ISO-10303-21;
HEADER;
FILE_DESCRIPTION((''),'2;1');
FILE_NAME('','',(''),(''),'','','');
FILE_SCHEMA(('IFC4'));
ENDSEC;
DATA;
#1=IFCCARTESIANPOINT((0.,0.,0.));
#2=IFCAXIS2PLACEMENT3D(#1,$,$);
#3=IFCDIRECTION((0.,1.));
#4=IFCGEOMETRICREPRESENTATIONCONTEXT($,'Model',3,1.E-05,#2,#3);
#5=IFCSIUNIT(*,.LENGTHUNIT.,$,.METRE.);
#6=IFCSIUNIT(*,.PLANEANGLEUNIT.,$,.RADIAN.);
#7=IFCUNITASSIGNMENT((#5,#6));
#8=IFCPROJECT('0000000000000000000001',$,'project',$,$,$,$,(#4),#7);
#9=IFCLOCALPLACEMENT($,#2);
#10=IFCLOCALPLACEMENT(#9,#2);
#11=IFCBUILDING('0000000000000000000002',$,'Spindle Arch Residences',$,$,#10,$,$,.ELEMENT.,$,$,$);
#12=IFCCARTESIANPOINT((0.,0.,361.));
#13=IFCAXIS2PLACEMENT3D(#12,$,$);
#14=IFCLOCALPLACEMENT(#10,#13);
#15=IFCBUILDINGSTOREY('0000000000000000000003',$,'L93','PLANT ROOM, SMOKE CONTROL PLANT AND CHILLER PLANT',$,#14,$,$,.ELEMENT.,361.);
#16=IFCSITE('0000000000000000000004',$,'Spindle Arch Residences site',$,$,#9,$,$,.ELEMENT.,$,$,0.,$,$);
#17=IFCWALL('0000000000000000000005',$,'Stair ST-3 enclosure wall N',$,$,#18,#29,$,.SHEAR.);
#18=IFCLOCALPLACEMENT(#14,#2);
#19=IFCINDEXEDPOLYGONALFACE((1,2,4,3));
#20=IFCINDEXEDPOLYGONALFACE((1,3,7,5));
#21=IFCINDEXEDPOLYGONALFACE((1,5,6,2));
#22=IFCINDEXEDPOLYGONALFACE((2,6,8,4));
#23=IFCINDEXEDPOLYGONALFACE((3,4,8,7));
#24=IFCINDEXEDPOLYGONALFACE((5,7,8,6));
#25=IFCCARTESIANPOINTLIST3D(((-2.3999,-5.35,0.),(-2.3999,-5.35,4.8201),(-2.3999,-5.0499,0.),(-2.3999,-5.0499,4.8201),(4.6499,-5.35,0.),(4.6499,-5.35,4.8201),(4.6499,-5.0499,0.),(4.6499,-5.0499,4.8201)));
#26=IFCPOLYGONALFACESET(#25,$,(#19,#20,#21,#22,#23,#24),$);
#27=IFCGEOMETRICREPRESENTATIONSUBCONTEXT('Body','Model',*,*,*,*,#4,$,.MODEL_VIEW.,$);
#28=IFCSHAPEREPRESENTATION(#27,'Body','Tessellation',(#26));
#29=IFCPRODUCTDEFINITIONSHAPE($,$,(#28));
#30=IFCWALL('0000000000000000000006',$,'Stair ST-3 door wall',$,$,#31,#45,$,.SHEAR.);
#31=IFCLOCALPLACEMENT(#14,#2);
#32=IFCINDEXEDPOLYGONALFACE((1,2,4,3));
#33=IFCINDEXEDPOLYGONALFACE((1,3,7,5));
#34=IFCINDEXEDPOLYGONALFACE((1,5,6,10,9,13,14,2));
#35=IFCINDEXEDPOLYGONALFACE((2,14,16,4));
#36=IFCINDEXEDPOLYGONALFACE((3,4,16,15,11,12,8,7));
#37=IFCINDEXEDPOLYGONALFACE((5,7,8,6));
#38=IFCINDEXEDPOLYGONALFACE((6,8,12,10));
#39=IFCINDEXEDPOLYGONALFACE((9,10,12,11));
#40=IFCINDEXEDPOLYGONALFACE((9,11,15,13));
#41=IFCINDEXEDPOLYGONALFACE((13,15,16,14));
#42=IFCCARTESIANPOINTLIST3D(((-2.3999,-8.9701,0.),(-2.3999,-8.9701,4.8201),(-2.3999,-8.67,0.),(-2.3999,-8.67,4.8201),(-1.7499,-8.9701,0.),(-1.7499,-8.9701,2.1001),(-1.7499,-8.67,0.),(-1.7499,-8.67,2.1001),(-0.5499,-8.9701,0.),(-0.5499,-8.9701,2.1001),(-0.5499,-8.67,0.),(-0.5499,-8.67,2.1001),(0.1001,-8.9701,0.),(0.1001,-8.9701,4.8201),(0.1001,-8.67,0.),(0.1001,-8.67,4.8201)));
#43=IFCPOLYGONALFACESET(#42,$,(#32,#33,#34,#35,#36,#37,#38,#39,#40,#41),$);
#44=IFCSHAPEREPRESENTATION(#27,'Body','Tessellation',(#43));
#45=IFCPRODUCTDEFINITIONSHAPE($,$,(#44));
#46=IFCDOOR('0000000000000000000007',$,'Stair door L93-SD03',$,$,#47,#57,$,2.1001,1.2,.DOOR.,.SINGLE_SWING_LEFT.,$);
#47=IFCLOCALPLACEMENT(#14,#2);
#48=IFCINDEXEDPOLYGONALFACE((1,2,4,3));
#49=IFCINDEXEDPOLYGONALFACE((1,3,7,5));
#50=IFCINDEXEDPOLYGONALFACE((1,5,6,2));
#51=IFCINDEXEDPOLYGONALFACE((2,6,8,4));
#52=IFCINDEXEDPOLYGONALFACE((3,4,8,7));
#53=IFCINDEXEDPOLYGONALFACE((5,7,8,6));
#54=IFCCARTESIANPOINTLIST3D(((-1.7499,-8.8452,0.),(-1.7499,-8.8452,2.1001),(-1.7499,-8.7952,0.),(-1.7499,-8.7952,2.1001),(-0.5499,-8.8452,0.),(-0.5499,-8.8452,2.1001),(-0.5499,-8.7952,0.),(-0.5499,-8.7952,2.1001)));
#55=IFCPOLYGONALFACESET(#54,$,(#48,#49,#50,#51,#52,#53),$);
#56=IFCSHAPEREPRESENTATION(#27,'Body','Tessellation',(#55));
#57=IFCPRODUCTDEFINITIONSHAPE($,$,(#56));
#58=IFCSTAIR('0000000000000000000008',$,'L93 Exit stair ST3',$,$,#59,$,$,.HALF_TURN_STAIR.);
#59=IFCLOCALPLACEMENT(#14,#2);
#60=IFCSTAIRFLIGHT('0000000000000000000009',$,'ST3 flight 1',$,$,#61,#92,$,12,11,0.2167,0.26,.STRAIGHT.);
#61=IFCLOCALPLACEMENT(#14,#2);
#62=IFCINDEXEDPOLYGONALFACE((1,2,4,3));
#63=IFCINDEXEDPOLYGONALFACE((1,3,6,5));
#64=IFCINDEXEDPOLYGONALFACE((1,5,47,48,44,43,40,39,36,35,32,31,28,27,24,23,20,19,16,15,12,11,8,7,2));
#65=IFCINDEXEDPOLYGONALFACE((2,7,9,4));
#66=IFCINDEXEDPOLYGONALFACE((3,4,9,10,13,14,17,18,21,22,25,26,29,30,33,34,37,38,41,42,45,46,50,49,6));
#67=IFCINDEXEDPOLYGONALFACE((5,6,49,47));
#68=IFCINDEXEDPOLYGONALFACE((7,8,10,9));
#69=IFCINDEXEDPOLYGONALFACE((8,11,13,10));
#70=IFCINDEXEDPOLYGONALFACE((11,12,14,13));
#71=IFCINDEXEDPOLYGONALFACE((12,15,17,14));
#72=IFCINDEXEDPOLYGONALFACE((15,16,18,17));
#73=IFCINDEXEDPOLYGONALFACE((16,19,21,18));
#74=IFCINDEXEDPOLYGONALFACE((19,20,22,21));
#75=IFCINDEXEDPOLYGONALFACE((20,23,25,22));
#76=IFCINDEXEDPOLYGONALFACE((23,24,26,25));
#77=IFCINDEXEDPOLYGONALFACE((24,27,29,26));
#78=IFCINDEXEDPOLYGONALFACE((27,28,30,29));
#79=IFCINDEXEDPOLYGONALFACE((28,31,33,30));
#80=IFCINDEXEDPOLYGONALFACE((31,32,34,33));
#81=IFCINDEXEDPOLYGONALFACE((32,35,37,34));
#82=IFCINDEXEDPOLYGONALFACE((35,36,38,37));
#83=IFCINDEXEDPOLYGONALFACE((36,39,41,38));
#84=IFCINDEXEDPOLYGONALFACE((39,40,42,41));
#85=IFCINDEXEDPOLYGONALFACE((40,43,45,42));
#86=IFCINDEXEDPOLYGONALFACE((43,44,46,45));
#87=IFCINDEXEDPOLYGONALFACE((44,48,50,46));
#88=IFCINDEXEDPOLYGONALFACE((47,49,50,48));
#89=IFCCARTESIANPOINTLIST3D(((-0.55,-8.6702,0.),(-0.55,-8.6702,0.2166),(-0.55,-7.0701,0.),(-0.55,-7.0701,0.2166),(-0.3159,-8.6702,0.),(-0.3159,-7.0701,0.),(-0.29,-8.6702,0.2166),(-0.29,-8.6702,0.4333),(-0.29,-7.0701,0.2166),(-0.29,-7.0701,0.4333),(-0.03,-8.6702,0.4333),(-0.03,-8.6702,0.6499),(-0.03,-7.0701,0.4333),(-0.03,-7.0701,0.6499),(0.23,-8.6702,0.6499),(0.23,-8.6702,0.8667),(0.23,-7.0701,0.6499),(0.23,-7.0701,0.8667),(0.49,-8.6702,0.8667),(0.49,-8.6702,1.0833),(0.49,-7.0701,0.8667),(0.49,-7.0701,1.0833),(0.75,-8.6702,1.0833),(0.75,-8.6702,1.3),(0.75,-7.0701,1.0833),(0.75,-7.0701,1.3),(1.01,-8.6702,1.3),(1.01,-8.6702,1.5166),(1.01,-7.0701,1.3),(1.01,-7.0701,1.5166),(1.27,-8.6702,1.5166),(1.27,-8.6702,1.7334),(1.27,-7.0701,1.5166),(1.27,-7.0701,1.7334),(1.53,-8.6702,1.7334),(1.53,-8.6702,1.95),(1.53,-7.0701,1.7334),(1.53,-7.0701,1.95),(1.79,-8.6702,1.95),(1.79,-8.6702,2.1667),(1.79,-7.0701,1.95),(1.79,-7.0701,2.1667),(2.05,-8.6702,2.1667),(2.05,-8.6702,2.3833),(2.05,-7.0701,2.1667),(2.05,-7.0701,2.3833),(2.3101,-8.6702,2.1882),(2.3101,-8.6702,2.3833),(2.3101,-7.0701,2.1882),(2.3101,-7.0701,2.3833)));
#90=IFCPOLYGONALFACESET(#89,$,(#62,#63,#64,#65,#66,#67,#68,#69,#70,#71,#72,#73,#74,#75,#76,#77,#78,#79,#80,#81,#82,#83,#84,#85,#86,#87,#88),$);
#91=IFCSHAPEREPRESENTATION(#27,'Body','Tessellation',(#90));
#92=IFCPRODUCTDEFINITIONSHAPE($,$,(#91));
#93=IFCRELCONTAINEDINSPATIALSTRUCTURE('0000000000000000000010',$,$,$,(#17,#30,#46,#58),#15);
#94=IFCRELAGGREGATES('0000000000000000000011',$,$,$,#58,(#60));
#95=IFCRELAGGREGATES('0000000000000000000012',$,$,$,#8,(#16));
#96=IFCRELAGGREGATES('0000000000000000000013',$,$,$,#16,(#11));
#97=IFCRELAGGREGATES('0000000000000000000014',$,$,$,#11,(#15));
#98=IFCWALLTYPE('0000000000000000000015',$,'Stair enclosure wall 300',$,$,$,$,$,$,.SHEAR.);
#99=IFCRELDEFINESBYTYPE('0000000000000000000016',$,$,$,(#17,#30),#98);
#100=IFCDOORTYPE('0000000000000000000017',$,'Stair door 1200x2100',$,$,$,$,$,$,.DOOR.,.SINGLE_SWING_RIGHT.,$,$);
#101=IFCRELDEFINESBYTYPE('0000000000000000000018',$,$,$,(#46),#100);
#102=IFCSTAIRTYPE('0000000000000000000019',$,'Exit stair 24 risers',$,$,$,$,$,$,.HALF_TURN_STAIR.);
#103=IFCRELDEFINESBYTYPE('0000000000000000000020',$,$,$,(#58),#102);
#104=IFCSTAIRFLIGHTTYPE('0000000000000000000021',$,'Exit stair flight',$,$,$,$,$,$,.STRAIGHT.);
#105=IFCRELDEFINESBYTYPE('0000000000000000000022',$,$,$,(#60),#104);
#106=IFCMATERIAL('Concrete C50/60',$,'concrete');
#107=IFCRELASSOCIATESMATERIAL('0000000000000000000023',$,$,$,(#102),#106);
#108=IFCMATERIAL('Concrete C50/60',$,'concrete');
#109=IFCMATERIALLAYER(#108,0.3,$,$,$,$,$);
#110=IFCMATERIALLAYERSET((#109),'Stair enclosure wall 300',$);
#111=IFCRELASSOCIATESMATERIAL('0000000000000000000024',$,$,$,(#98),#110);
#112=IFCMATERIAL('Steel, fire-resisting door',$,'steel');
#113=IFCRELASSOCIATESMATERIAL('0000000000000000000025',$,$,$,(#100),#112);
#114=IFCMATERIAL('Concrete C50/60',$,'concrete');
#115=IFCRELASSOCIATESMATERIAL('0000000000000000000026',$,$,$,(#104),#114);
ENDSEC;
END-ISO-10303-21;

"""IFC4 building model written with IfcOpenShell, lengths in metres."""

from ifc_helpers import new_model, si_unit, direction, frame, frame_2d, origin, place, context, subcontext, project, spatial, polyline, rectangle, outline, extrude, material, layer, layer_set, type_object, element, fill, aggregate, save


model = new_model("IFC4")

# Units and contexts
model_context = context("Model", 3, precision=1e-05, world=origin(), true_north=direction((0.0, 1.0)))
body_context = subcontext(model_context, "Body", "Model", "MODEL_VIEW")
ifc_project = project(units=[si_unit("LENGTHUNIT", "METRE"), si_unit("PLANEANGLEUNIT", "RADIAN")], contexts=[model_context])

# Site, building, storey
site_placement = place(None, origin())
site = spatial("IfcSite", under=ifc_project, at=site_placement, Name="Spindle Arch Residences site", CompositionType="ELEMENT", RefElevation=0.0)
building_placement = place(site_placement, origin())
building = spatial("IfcBuilding", under=site, at=building_placement, Name="Spindle Arch Residences", CompositionType="ELEMENT")
storey_placement = place(building_placement, frame((0.0, 0.0, 361.0)))
storey = spatial("IfcBuildingStorey", under=building, at=storey_placement, Name="L93", Description="PLANT ROOM, SMOKE CONTROL PLANT AND CHILLER PLANT", CompositionType="ELEMENT", Elevation=361.0)

# Shared definitions
ifc_material_1 = material(Name="Concrete C50/60", Category="concrete")
stair_type = type_object("IfcStairType", Name="Exit stair 24 risers", PredefinedType="HALF_TURN_STAIR", material=ifc_material_1)

# Wall
ifc_material_2 = material(Name="Concrete C50/60", Category="concrete")
ifc_layer_1 = layer(ifc_material_2, 0.3)
ifc_layer_set_1 = layer_set([ifc_layer_1], Name="Stair enclosure wall 300")
wall_type_1 = type_object("IfcWallType", Name="Stair enclosure wall 300", PredefinedType="SHEAR", material=ifc_layer_set_1)
wall_1_placement = place(storey_placement, frame((-2.3999, -5.2, 0.0), z_axis=(0.0, 0.0, 1.0), x_axis=(1.0, 0.0, 0.0)))
element("IfcWall", 1, at=wall_1_placement, inside=storey, type_object=wall_type_1, Name="Stair ST-3 enclosure wall N", PredefinedType="SHEAR", context=body_context, shape_type="SweptSolid", body=[
    extrude(rectangle(XDim=7.0498, YDim=0.3, at=frame_2d((3.5249, 0.0))), origin(), (0.0, 0.0, 1.0), 4.8201),
])

# Wall, opening, door
wall_2_placement = place(storey_placement, frame((-2.3999, -8.8201, 0.0), z_axis=(0.0, 0.0, 1.0), x_axis=(1.0, 0.0, 0.0)))
wall_2 = element("IfcWall", 2, at=wall_2_placement, inside=storey, type_object=wall_type_1, Name="Stair ST-3 door wall", PredefinedType="SHEAR", context=body_context, shape_type="SweptSolid", body=[
    extrude(rectangle(XDim=2.5, YDim=0.3, at=frame_2d((1.25, 0.0))), origin(), (0.0, 0.0, 1.0), 4.8201),
])
opening_1_placement = place(wall_2_placement, frame((0.6499, 0.0, 0.0)))
opening_1 = element("IfcOpeningElement", 3, at=opening_1_placement, cuts=wall_2, PredefinedType="OPENING", context=body_context, shape_type="SweptSolid", body=[
    extrude(rectangle(XDim=1.2, YDim=2.1001, at=frame_2d((0.6001, 1.05))), frame((0.0, 0.1602, 0.0), z_axis=(0.0, -1.0, 0.0), x_axis=(1.0, 0.0, 0.0)), (0.0, 0.0, 1.0), 0.3201),
])
ifc_material_3 = material(Name="Steel, fire-resisting door", Category="steel")
door_type_1 = type_object("IfcDoorType", Name="Stair door 1200x2100", OperationType="SINGLE_SWING_RIGHT", PredefinedType="DOOR", material=ifc_material_3)
door_1_placement = place(opening_1_placement, origin())
door_1 = element("IfcDoor", 4, at=door_1_placement, inside=storey, type_object=door_type_1, Name="Stair door L93-SD03", OperationType="SINGLE_SWING_LEFT", OverallHeight=2.1001, OverallWidth=1.2, PredefinedType="DOOR", context=body_context, shape_type="SweptSolid", body=[
    extrude(rectangle(XDim=1.2, YDim=2.1001, at=frame_2d((0.6001, 1.05))), frame((0.0, 0.0249, 0.0), z_axis=(0.0, -1.0, 0.0), x_axis=(1.0, 0.0, 0.0)), (0.0, 0.0, 1.0), 0.05),
])
fill(opening_1, door_1)

# Stair, stair flight
stair_1_placement = place(storey_placement, origin())
stair_1 = element("IfcStair", 5, at=stair_1_placement, inside=storey, type_object=stair_type, Name="L93 Exit stair ST3", PredefinedType="HALF_TURN_STAIR")
ifc_material_4 = material(Name="Concrete C50/60", Category="concrete")
stair_flight_type = type_object("IfcStairFlightType", Name="Exit stair flight", PredefinedType="STRAIGHT", material=ifc_material_4)
stair_flight_placement = place(storey_placement, frame((-0.55, -7.8701, 0.0), z_axis=(0.0, 0.0, 1.0), x_axis=(1.0, 0.0, 0.0)))
stair_flight = element("IfcStairFlight", 6, at=stair_flight_placement, type_object=stair_flight_type, Name="ST3 flight 1", NumberOfRisers=12, NumberOfTreads=11, PredefinedType="STRAIGHT", RiserHeight=0.2167, TreadLength=0.26, context=body_context, shape_type="SweptSolid", body=[
    extrude(outline(polyline([(0.0, 0.0), (0.0, 0.2166), (0.26, 0.2166), (0.26, 0.4333), (0.52, 0.4333), (0.52, 0.6499), (0.78, 0.6499), (0.78, 0.8667), (1.04, 0.8667), (1.04, 1.0833), (1.3, 1.0833), (1.3, 1.3), (1.5601, 1.3), (1.5601, 1.5166), (1.8201, 1.5166), (1.8201, 1.7334), (2.0801, 1.7334), (2.0801, 1.95), (2.3401, 1.95), (2.3401, 2.1667), (2.6001, 2.1667), (2.6001, 2.3833), (2.8601, 2.3833), (2.8601, 2.6001), (2.8601, 2.1882), (0.2341, 0.0), (0.0, 0.0)])), frame((0.0, 0.8, 0.0), z_axis=(0.0, -1.0, 0.0), x_axis=(1.0, 0.0, 0.0)), (0.0, 0.0, 1.0), 1.6001),
])
aggregate(stair_1, [stair_flight])

save(model, "model.ifc")
